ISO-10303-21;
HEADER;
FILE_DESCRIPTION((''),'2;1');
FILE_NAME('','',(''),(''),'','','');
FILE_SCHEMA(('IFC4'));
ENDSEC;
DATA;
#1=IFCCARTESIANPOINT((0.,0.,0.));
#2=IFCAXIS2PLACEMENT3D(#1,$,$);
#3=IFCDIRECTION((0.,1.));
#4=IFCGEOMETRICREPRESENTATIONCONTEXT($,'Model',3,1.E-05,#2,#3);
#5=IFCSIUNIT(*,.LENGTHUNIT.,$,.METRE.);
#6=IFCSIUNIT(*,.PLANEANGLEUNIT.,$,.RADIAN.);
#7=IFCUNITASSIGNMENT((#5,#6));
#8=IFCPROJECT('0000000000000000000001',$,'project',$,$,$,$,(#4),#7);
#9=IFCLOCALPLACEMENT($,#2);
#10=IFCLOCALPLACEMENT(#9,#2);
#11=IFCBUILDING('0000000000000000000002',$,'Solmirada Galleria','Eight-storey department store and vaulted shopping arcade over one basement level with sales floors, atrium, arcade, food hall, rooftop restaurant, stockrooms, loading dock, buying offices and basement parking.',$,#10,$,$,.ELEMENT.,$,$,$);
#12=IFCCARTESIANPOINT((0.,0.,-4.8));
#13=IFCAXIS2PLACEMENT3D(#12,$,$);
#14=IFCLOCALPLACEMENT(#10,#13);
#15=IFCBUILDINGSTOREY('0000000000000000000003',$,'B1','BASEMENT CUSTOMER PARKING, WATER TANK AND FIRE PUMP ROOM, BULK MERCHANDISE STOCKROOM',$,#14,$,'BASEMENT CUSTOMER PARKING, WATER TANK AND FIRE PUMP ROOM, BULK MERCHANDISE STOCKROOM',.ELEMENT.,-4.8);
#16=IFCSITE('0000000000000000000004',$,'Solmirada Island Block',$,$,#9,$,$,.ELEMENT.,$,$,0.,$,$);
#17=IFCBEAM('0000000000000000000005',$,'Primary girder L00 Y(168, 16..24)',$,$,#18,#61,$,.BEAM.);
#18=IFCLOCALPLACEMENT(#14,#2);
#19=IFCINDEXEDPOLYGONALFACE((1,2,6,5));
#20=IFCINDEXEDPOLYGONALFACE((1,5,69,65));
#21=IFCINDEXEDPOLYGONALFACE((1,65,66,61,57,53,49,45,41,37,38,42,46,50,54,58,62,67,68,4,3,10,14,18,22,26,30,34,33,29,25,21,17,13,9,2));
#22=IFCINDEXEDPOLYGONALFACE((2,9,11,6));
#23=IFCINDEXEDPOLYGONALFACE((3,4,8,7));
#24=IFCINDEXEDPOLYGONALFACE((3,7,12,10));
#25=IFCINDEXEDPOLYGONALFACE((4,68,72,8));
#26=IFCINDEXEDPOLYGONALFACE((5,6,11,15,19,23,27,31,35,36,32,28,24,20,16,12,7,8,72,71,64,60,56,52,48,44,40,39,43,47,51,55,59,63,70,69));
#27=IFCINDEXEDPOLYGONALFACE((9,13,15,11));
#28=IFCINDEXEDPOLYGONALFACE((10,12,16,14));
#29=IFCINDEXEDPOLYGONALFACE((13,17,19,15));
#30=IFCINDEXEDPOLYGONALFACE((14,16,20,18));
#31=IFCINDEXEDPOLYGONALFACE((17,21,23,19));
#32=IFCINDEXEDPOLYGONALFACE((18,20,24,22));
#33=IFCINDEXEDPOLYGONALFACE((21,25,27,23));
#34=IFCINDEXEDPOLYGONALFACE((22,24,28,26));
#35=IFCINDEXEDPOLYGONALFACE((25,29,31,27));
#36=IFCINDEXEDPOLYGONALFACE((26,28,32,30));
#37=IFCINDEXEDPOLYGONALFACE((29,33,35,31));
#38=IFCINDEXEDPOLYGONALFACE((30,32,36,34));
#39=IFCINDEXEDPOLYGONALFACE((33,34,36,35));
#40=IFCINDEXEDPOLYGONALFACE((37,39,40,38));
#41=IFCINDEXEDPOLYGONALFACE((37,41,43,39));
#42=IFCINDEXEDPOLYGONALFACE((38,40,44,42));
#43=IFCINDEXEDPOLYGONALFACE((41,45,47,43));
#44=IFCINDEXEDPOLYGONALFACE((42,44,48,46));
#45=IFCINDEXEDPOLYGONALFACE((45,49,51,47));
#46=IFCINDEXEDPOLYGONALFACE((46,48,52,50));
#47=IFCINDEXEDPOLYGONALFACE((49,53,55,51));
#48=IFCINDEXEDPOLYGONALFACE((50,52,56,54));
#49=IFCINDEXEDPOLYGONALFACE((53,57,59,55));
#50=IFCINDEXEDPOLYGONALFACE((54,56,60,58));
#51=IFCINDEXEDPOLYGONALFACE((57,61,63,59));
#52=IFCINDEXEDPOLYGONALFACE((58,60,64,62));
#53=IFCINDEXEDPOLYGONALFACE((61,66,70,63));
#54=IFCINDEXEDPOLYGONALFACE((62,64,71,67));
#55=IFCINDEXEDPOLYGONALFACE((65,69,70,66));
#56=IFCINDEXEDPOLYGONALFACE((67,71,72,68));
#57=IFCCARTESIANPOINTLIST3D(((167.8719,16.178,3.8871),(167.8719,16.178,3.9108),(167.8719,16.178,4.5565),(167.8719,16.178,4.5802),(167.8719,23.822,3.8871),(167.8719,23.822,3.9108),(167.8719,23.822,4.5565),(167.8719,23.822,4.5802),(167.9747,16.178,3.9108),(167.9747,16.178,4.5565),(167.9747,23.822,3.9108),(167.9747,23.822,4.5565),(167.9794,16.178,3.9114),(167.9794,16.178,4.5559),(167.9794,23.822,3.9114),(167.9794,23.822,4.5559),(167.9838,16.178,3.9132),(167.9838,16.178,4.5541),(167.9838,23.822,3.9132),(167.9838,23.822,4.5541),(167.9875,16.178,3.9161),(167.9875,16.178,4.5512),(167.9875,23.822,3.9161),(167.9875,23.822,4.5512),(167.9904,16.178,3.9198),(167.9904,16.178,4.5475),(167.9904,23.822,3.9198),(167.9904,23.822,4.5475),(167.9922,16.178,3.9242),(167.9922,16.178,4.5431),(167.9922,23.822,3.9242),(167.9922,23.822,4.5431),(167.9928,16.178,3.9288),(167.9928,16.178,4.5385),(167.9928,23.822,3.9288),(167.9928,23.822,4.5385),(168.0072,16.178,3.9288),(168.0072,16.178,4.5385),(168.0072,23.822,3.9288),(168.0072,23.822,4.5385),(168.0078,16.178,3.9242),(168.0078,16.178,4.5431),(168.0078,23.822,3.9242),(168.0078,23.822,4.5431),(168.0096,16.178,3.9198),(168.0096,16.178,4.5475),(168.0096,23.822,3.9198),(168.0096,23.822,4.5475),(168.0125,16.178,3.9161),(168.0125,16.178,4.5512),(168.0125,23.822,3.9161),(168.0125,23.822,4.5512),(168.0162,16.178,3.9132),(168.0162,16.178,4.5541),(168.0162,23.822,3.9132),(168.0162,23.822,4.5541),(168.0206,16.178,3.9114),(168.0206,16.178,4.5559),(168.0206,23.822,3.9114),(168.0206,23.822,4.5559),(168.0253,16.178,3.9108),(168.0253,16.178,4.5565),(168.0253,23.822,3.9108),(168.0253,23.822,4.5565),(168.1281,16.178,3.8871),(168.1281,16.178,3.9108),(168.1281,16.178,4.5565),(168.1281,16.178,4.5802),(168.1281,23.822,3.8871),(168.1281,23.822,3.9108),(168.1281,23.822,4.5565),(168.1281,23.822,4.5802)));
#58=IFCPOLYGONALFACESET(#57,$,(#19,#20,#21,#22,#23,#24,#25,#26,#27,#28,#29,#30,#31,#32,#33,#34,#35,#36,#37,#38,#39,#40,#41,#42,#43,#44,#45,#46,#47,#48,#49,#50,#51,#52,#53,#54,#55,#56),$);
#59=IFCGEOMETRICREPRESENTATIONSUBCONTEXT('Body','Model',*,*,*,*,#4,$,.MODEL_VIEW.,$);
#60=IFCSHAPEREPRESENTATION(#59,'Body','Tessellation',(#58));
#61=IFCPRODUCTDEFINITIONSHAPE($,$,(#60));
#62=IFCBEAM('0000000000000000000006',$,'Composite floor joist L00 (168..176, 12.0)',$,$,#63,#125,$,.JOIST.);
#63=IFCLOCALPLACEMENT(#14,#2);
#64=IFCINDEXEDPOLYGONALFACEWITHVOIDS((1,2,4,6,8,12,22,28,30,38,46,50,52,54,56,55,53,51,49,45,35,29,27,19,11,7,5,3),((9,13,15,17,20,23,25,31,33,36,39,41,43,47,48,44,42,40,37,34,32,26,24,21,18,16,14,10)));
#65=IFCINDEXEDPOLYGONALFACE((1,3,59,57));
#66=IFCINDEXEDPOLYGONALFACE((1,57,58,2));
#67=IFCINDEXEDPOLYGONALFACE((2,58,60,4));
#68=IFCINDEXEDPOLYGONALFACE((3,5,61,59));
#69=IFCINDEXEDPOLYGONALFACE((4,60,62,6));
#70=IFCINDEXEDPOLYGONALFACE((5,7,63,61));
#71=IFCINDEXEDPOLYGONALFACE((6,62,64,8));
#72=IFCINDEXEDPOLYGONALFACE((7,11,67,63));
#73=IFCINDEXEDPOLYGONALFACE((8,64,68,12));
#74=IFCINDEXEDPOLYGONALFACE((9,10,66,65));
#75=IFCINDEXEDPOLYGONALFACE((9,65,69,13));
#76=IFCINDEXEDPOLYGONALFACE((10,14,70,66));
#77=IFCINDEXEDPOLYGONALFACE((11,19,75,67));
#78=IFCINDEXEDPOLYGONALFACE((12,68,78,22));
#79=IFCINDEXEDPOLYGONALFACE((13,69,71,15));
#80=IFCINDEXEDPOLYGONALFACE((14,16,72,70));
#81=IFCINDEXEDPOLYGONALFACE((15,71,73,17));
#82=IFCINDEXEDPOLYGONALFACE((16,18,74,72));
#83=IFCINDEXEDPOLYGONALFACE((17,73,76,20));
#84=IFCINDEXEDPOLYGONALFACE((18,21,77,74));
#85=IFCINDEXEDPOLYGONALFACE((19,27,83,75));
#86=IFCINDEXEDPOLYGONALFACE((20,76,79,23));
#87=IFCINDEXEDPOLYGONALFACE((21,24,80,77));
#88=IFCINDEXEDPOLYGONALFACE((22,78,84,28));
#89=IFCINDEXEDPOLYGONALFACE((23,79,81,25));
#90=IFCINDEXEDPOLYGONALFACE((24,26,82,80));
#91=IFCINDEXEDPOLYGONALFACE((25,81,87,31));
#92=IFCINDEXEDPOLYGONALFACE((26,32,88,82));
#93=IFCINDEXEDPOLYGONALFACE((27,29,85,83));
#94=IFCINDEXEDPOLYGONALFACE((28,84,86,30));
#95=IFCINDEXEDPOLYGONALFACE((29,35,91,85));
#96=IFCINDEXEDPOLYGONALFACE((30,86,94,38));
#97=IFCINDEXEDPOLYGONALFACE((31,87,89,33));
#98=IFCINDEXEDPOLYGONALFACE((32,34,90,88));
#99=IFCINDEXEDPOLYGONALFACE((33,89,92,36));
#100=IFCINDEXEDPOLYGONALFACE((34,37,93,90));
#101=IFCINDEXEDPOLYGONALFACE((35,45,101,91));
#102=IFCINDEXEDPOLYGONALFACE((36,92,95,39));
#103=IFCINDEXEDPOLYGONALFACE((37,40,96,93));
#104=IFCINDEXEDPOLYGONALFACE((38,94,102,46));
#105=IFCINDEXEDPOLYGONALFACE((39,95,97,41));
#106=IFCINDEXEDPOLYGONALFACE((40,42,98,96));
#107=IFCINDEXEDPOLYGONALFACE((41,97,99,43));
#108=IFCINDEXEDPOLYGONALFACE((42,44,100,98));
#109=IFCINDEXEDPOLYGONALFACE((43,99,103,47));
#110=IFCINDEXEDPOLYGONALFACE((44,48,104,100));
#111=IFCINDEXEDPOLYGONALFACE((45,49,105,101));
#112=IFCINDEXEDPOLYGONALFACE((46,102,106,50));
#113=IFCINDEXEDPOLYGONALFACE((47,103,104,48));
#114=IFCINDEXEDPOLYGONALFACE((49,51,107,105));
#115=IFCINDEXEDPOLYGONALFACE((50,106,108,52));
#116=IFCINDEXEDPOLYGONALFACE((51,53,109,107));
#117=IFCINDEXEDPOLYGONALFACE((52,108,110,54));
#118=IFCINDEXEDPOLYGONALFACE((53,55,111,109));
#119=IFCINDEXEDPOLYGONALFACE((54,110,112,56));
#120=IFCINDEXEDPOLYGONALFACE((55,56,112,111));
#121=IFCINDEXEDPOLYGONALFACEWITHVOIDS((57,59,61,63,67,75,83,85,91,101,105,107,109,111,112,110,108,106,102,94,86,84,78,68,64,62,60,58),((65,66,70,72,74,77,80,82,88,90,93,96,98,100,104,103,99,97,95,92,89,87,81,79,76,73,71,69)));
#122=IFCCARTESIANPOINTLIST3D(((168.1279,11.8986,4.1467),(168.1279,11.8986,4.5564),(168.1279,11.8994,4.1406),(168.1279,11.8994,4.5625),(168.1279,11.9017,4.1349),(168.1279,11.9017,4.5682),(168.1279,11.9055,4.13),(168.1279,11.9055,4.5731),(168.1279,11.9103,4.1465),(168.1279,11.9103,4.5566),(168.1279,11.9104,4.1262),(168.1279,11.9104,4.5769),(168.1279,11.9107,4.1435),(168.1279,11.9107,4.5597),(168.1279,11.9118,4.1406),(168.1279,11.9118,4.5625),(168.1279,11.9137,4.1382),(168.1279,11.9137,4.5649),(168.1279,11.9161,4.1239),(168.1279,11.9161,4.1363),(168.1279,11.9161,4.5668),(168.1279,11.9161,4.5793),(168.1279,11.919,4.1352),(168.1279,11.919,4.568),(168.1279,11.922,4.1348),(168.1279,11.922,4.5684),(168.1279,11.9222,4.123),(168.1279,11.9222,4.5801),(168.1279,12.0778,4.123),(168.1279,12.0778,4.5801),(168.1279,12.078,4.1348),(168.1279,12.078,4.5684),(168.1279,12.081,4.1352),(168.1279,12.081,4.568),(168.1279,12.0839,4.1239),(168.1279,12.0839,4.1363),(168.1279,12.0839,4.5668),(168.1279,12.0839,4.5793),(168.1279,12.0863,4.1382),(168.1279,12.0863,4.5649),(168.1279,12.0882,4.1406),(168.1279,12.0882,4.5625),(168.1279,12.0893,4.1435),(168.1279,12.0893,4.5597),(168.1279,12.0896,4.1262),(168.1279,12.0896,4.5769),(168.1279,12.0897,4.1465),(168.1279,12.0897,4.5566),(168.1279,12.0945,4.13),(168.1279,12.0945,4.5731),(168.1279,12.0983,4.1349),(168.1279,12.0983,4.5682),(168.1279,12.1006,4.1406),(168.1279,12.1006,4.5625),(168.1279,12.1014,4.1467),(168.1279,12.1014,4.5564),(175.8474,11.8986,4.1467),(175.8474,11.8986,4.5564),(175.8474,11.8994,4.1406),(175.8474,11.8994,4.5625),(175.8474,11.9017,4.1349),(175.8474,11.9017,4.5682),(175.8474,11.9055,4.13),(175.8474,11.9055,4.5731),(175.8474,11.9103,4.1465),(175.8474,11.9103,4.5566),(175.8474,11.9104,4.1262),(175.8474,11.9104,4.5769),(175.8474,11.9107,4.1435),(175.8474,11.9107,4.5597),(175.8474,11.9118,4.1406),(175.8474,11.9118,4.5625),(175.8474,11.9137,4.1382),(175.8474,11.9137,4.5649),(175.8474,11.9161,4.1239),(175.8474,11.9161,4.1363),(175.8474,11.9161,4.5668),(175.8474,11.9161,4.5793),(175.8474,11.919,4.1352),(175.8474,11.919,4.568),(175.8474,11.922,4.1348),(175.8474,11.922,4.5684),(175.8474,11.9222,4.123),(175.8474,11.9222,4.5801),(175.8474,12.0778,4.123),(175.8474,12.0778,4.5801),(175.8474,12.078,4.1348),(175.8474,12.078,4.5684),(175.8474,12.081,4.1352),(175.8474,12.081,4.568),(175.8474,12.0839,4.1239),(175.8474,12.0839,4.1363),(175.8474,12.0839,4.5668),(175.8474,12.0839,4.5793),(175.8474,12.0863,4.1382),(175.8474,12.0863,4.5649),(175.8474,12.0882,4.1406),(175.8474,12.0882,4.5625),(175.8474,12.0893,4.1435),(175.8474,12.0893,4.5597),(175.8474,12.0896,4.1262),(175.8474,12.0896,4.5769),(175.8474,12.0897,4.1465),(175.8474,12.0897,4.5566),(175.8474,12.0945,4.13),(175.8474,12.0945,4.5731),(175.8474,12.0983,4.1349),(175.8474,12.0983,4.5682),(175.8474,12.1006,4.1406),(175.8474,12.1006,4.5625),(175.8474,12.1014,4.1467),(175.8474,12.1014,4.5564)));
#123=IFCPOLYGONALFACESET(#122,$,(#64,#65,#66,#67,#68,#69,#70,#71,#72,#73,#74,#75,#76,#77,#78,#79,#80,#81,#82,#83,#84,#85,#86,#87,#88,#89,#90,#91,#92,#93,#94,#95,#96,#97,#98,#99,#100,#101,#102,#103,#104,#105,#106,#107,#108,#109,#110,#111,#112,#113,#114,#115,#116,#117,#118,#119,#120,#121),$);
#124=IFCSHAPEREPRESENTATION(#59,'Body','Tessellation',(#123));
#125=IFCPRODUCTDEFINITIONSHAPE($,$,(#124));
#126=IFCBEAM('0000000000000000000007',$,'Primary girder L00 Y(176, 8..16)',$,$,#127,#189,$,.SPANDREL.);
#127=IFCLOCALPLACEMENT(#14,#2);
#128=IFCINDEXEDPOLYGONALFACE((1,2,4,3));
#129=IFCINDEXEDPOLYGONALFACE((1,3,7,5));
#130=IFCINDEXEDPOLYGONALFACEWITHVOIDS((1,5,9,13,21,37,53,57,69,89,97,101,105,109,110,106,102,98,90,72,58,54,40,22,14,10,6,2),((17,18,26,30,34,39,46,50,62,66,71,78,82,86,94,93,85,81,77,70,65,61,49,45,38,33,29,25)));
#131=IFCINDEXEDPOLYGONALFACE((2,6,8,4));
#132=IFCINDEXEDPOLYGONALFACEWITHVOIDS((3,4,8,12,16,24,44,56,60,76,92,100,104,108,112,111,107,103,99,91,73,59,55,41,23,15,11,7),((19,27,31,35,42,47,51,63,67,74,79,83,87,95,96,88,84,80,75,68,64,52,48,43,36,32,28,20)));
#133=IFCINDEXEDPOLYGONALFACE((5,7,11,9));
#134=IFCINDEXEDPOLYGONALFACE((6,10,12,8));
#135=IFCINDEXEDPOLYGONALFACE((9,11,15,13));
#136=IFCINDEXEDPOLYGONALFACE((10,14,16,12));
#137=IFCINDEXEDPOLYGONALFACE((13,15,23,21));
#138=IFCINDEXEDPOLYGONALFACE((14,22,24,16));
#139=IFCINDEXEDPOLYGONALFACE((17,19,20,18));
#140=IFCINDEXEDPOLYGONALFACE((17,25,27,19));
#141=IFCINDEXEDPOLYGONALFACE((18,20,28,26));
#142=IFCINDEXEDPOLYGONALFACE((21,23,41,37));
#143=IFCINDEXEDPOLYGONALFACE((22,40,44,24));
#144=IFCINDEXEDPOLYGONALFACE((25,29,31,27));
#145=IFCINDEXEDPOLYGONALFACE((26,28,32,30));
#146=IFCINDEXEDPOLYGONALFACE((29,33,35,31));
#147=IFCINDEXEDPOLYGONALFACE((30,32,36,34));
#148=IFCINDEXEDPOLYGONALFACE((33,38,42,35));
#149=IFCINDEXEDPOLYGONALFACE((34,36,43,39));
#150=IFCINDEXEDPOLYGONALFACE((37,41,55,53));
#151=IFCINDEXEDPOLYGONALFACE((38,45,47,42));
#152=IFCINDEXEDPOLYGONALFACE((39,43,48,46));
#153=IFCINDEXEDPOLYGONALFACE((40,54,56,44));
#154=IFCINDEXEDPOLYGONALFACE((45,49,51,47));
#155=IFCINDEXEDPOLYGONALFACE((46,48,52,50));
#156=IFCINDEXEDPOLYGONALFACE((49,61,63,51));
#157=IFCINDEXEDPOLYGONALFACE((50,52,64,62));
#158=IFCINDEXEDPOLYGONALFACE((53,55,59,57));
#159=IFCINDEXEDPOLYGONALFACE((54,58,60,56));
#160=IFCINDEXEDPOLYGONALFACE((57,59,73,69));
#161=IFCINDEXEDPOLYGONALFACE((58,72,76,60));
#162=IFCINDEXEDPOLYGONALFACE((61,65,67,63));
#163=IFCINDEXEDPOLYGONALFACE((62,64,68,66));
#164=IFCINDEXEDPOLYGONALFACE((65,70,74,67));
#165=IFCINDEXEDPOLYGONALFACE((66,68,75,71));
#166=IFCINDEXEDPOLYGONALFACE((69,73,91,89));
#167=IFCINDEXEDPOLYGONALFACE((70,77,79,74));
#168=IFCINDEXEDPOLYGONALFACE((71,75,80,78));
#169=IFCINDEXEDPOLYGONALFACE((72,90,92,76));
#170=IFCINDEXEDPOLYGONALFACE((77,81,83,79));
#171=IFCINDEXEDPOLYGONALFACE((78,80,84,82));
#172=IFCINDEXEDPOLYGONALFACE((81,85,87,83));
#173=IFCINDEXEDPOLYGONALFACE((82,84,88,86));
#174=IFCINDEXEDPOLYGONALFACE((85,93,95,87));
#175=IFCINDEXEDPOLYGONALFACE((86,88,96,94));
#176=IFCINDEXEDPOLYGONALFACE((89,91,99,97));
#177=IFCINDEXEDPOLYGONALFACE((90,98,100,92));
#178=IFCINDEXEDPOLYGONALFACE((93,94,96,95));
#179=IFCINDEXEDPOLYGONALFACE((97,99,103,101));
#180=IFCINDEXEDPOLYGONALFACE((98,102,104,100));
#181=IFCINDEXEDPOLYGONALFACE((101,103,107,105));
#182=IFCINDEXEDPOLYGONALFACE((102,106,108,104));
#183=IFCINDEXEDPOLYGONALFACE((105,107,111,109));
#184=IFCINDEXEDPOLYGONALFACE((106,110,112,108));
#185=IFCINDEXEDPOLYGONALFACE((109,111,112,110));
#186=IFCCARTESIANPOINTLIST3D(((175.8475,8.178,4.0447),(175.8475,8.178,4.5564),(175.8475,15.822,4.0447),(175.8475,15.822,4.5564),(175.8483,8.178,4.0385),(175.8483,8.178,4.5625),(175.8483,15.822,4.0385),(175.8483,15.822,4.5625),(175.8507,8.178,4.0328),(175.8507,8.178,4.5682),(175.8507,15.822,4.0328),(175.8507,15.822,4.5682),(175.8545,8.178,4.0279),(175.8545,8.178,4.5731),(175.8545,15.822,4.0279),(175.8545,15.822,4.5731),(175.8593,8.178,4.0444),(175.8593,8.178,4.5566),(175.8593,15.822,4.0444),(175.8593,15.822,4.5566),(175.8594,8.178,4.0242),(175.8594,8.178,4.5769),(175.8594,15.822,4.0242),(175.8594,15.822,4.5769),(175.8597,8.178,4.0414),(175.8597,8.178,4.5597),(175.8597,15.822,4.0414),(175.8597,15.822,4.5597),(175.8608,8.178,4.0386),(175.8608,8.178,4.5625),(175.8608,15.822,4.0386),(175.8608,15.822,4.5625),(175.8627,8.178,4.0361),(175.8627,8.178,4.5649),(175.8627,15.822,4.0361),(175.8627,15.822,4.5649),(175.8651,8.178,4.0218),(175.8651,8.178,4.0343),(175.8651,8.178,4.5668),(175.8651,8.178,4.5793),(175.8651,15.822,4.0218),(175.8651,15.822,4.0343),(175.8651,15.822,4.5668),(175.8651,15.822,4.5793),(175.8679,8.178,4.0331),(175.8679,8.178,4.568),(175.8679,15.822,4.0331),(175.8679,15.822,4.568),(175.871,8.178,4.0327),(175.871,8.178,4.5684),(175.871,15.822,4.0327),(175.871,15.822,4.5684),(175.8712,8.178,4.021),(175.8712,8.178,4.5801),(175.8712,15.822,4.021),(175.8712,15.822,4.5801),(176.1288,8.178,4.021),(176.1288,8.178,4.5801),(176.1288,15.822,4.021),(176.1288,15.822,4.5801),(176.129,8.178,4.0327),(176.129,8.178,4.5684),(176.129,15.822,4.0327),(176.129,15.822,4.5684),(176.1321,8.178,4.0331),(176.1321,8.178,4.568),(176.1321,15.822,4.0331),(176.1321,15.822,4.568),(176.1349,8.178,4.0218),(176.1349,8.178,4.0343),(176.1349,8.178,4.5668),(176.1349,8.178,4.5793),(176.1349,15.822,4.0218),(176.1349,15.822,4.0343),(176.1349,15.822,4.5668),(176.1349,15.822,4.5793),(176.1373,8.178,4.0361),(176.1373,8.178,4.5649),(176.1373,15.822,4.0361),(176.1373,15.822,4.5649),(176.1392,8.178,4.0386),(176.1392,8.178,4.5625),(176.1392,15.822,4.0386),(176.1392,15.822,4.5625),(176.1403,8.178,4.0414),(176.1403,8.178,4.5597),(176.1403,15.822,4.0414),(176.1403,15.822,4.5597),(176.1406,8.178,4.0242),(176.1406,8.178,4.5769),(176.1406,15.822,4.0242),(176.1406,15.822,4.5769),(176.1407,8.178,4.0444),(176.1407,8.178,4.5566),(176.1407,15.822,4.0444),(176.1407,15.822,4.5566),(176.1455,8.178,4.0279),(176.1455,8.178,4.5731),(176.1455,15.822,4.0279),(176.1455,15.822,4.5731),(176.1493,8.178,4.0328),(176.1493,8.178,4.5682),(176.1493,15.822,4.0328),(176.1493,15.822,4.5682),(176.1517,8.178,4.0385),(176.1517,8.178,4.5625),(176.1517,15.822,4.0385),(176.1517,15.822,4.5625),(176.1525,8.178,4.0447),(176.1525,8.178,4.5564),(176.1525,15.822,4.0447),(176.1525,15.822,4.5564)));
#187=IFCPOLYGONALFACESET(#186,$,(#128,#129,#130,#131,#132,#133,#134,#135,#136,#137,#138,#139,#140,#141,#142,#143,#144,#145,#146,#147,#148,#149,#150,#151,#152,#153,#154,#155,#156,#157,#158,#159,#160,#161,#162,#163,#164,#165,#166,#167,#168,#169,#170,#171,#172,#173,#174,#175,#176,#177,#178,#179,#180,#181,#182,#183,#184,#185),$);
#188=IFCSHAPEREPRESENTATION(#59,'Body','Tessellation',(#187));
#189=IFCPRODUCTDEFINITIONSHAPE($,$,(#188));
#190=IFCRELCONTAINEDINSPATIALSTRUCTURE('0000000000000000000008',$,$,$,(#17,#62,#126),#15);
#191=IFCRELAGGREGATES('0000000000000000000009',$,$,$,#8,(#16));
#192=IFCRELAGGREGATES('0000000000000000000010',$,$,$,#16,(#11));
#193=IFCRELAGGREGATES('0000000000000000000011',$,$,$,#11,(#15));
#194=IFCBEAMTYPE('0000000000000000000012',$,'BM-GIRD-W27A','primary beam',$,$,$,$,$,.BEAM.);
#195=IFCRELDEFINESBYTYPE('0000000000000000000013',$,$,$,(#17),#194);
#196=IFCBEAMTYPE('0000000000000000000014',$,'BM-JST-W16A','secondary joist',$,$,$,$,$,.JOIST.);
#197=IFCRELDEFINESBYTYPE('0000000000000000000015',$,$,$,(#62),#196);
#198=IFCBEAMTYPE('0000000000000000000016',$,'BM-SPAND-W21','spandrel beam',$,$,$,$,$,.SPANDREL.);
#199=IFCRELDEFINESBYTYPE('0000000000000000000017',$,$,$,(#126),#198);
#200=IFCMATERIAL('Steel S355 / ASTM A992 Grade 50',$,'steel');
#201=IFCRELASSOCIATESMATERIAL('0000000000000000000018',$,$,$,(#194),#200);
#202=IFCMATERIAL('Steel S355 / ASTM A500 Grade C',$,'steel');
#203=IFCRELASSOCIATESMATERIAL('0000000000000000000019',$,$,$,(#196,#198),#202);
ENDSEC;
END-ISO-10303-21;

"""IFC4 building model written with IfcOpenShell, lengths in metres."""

from ifc_helpers import new_model, si_unit, direction, frame, origin, origin_2d, place, context, subcontext, project, spatial, hollow_rectangle, i_section, extrude, material, material_profile, profile_set, type_object, element, save


model = new_model("IFC4")

# Units and contexts
model_context = context("Model", 3, precision=1e-05, world=origin(), true_north=direction((0.0, 1.0)))
body_context = subcontext(model_context, "Body", "Model", "MODEL_VIEW")
ifc_project = project(units=[si_unit("LENGTHUNIT", "METRE"), si_unit("PLANEANGLEUNIT", "RADIAN")], contexts=[model_context])

# Site, building, storey
site_placement = place(None, origin())
site = spatial("IfcSite", under=ifc_project, at=site_placement, Name="Solmirada Island Block", CompositionType="ELEMENT", RefElevation=0.0)
building_placement = place(site_placement, origin())
building = spatial("IfcBuilding", under=site, at=building_placement, Name="Solmirada Galleria", Description="Eight-storey department store and vaulted shopping arcade over one basement level with sales floors, atrium, arcade, food hall, rooftop restaurant, stockrooms, loading dock, buying offices and basement parking.", CompositionType="ELEMENT")
storey_placement = place(building_placement, frame((0.0, 0.0, -4.8)))
storey = spatial("IfcBuildingStorey", under=building, at=storey_placement, Name="B1", Description="BASEMENT CUSTOMER PARKING, WATER TANK AND FIRE PUMP ROOM, BULK MERCHANDISE STOCKROOM", LongName="BASEMENT CUSTOMER PARKING, WATER TANK AND FIRE PUMP ROOM, BULK MERCHANDISE STOCKROOM", CompositionType="ELEMENT", Elevation=-4.8)

# Shared definitions
ifc_material_1 = material(Name="Steel S355 / ASTM A500 Grade C", Category="steel")

# Beams
ifc_material_2 = material(Name="Steel S355 / ASTM A992 Grade 50", Category="steel")
ifc_material_profile_1 = material_profile(ifc_material_2, i_section(OverallWidth=0.2561, OverallDepth=0.6931, WebThickness=0.0144, FlangeThickness=0.0237, FilletRadius=0.0181, at=origin_2d()), Name="W27X114")
ifc_profile_set_1 = profile_set([ifc_material_profile_1], Name="Steel S355 / ASTM A992 Grade 50")
beam_type_1 = type_object("IfcBeamType", Name="BM-GIRD-W27A", Description="primary beam", PredefinedType="BEAM", material=ifc_profile_set_1)
for number, where, z_axis, x_axis, name in (
    (1, (168.0, 16.178, 4.2336), (0.0, 1.0, 0.0), (-1.0, 0.0, 0.0), "Primary girder L00 Y(168, 16..24)"),
):
    element("IfcBeam", number, at=place(storey_placement, frame(where, z_axis=z_axis, x_axis=x_axis)), inside=storey, type_object=beam_type_1, Name=name, PredefinedType="BEAM", context=body_context, shape_type="SweptSolid", body=[
        extrude(i_section(OverallWidth=0.2561, OverallDepth=0.6931, WebThickness=0.0144, FlangeThickness=0.0237, FilletRadius=0.0181, at=origin_2d()), origin(), (0.0, 0.0, 1.0), 7.644),
    ])
ifc_material_profile_2 = material_profile(ifc_material_1, hollow_rectangle(XDim=0.2029, YDim=0.457, WallThickness=0.0117, InnerFilletRadius=0.0117, OuterFilletRadius=0.0237, at=origin_2d()), Name="HSS18X8X1/2")
ifc_profile_set_2 = profile_set([ifc_material_profile_2], Name="Steel S355 / ASTM A500 Grade C")
beam_type_2 = type_object("IfcBeamType", Name="BM-JST-W16A", Description="secondary joist", PredefinedType="JOIST", material=ifc_profile_set_2)
beam_1_placement = place(storey_placement, frame((168.1279, 12.0, 4.3516), z_axis=(1.0, 0.0, 0.0), x_axis=(0.0, 1.0, 0.0)))
element("IfcBeam", 2, at=beam_1_placement, inside=storey, type_object=beam_type_2, Name="Composite floor joist L00 (168..176, 12.0)", PredefinedType="JOIST", context=body_context, shape_type="SweptSolid", body=[
    extrude(hollow_rectangle(XDim=0.2029, YDim=0.457, WallThickness=0.0117, InnerFilletRadius=0.0117, OuterFilletRadius=0.0237, at=origin_2d()), origin(), (0.0, 0.0, 1.0), 7.7195),
])
ifc_material_profile_3 = material_profile(ifc_material_1, hollow_rectangle(XDim=0.3049, YDim=0.5591, WallThickness=0.0117, InnerFilletRadius=0.0117, OuterFilletRadius=0.0237, at=origin_2d()), Name="HSS22X12X1/2")
ifc_profile_set_3 = profile_set([ifc_material_profile_3], Name="Steel S355 / ASTM A500 Grade C")
beam_type_3 = type_object("IfcBeamType", Name="BM-SPAND-W21", Description="spandrel beam", PredefinedType="SPANDREL", material=ifc_profile_set_3)
for number, where, z_axis, x_axis, name in (
    (3, (176.0, 8.178, 4.3005), (0.0, 1.0, 0.0), (-1.0, 0.0, 0.0), "Primary girder L00 Y(176, 8..16)"),
):
    element("IfcBeam", number, at=place(storey_placement, frame(where, z_axis=z_axis, x_axis=x_axis)), inside=storey, type_object=beam_type_3, Name=name, PredefinedType="SPANDREL", context=body_context, shape_type="SweptSolid", body=[
        extrude(hollow_rectangle(XDim=0.3049, YDim=0.5591, WallThickness=0.0117, InnerFilletRadius=0.0117, OuterFilletRadius=0.0237, at=origin_2d()), origin(), (0.0, 0.0, 1.0), 7.644),
    ])

save(model, "model.ifc")
